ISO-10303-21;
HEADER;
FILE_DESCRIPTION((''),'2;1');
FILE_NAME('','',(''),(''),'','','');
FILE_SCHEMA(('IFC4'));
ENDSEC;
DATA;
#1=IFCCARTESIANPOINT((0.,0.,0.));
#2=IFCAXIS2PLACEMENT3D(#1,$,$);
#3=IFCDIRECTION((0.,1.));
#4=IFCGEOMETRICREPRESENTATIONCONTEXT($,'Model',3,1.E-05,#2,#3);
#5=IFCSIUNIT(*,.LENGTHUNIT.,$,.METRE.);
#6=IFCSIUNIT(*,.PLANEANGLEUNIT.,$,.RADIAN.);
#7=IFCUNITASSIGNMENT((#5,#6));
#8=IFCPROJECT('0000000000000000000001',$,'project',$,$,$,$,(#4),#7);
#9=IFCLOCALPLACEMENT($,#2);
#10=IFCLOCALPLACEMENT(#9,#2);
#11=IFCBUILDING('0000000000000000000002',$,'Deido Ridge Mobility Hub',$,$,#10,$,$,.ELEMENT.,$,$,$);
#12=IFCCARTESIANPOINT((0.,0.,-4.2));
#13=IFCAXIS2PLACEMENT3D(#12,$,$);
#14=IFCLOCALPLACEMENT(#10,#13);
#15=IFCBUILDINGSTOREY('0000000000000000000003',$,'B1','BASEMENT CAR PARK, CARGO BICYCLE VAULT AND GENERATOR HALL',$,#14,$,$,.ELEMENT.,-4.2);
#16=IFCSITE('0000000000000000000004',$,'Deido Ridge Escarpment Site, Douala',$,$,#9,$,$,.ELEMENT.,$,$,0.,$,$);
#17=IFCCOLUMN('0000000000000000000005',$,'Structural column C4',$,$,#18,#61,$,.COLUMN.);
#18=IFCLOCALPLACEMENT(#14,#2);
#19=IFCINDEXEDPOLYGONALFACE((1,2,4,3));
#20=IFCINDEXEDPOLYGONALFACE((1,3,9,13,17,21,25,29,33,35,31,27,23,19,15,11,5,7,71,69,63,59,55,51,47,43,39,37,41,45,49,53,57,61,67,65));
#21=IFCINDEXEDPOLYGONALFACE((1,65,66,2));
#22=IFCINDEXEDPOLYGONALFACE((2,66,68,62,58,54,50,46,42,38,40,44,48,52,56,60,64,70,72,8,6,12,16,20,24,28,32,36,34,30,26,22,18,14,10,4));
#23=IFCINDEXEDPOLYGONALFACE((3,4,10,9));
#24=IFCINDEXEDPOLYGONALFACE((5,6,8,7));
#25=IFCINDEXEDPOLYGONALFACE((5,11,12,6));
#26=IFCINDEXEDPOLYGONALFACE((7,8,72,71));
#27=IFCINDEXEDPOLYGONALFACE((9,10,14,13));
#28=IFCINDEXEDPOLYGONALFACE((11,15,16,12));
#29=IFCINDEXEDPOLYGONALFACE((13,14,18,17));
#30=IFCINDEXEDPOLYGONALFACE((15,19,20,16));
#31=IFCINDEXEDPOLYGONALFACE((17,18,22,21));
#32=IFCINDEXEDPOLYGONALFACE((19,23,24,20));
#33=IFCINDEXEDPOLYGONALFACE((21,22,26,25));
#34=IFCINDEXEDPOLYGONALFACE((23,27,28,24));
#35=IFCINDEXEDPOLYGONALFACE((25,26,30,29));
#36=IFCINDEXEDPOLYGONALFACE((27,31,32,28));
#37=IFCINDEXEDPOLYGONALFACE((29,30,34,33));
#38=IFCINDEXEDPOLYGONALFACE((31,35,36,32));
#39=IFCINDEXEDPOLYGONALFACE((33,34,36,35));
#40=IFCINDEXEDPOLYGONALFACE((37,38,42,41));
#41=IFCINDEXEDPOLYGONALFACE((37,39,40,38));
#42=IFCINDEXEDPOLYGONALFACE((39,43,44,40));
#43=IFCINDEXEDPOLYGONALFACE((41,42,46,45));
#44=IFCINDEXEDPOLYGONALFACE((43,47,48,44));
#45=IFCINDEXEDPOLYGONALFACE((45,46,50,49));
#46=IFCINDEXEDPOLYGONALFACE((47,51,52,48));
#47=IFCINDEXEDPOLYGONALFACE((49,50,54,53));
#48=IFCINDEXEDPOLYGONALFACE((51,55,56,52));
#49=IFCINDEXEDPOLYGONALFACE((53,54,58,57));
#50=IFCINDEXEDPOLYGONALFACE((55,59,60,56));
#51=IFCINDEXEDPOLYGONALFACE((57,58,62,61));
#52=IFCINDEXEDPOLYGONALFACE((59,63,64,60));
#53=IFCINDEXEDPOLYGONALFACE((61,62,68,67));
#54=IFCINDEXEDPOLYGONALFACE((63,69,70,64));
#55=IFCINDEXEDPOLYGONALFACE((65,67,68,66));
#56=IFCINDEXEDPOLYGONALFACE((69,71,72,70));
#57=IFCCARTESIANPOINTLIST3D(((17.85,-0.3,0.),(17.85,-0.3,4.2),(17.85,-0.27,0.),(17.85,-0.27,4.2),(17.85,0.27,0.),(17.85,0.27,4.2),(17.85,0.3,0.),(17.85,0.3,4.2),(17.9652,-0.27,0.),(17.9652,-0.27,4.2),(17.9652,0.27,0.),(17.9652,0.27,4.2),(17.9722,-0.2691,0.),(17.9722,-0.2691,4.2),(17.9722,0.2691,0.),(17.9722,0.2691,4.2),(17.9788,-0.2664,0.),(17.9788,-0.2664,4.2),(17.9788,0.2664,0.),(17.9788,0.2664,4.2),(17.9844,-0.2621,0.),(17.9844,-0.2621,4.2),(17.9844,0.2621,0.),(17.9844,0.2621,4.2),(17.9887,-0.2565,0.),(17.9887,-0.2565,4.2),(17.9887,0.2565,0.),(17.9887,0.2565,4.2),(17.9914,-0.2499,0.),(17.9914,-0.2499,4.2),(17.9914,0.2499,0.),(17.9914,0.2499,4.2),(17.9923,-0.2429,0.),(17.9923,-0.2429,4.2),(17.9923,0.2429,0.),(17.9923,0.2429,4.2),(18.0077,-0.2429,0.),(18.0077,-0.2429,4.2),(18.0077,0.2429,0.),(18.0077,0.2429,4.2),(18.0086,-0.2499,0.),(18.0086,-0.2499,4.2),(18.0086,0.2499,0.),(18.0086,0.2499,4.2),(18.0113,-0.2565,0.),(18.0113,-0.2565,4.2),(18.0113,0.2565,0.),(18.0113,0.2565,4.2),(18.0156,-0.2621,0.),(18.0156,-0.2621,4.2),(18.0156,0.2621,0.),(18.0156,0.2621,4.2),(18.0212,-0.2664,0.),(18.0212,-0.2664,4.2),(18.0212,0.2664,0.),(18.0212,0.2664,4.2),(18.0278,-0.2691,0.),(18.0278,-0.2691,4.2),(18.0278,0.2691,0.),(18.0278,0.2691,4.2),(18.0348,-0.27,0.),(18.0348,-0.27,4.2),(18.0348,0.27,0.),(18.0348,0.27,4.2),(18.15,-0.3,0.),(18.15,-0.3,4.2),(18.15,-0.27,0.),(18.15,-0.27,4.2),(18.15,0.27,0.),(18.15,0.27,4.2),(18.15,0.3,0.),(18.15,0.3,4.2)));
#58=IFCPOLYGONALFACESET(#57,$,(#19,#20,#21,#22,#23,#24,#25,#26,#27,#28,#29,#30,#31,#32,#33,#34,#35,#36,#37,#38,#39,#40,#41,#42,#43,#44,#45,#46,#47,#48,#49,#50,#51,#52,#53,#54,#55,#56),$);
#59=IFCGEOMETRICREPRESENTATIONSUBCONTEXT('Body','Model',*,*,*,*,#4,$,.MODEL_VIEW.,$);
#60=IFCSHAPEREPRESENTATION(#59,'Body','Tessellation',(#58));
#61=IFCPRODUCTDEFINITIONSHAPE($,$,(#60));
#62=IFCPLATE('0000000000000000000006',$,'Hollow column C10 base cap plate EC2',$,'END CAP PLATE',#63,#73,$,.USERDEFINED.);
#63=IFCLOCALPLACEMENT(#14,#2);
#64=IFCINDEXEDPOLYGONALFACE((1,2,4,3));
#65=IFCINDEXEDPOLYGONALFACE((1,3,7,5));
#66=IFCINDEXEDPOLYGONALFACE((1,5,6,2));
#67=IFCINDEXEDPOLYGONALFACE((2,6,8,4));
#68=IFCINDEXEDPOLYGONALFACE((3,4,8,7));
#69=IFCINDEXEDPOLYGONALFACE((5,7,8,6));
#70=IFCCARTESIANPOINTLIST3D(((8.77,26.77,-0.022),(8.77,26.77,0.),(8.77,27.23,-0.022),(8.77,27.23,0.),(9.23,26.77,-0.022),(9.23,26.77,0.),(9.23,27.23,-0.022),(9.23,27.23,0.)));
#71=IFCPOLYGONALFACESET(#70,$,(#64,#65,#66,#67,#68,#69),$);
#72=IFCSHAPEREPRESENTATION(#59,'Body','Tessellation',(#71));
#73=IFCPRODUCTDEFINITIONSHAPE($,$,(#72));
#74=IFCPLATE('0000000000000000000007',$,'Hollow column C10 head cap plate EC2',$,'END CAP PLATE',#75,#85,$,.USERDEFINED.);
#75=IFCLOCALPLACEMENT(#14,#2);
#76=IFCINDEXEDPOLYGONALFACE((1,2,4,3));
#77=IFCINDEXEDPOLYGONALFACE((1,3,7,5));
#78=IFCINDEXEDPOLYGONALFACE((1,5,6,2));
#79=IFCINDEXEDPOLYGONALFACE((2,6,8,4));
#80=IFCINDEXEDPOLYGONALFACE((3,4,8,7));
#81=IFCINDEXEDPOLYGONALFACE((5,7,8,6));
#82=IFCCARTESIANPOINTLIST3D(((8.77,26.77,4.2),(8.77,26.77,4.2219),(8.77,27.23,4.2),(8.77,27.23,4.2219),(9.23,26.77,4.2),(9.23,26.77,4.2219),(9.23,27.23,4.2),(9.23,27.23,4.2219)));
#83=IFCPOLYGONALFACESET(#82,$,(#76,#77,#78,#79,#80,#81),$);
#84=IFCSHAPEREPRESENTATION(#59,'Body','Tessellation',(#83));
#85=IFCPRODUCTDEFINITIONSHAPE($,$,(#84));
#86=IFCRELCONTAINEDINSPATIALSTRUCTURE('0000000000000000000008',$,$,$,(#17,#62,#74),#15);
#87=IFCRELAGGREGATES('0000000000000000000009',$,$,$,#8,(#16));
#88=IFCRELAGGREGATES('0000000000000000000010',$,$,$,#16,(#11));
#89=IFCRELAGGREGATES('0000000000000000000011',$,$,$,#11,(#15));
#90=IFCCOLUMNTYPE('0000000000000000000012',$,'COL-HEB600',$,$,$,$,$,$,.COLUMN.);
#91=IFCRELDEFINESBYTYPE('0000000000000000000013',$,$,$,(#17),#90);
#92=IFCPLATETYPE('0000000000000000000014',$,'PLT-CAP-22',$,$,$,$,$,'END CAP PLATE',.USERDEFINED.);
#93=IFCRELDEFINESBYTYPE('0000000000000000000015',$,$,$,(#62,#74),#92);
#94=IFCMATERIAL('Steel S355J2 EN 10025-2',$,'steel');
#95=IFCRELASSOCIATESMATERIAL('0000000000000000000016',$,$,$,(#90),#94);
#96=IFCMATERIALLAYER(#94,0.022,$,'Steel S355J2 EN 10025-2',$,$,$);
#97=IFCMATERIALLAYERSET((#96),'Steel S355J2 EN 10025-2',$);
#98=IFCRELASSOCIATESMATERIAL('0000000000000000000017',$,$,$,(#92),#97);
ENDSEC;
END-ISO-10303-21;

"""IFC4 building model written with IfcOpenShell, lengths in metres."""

from ifc_helpers import new_model, si_unit, direction, frame, origin, origin_2d, place, context, subcontext, project, spatial, rectangle, i_section, extrude, material, layer, layer_set, material_profile, profile_set, type_object, element, save


model = new_model("IFC4")

# Units and contexts
model_context = context("Model", 3, precision=1e-05, world=origin(), true_north=direction((0.0, 1.0)))
body_context = subcontext(model_context, "Body", "Model", "MODEL_VIEW")
ifc_project = project(units=[si_unit("LENGTHUNIT", "METRE"), si_unit("PLANEANGLEUNIT", "RADIAN")], contexts=[model_context])

# Site, building, storey
site_placement = place(None, origin())
site = spatial("IfcSite", under=ifc_project, at=site_placement, Name="Deido Ridge Escarpment Site, Douala", CompositionType="ELEMENT", RefElevation=0.0)
building_placement = place(site_placement, origin())
building = spatial("IfcBuilding", under=site, at=building_placement, Name="Deido Ridge Mobility Hub", CompositionType="ELEMENT")
storey_placement = place(building_placement, frame((0.0, 0.0, -4.2)))
storey = spatial("IfcBuildingStorey", under=building, at=storey_placement, Name="B1", Description="BASEMENT CAR PARK, CARGO BICYCLE VAULT AND GENERATOR HALL", CompositionType="ELEMENT", Elevation=-4.2)

# Column
ifc_material_1 = material(Name="Steel S355J2 EN 10025-2", Category="steel")
ifc_material_profile_1 = material_profile(ifc_material_1, i_section(OverallWidth=0.3, OverallDepth=0.6001, WebThickness=0.0154, FlangeThickness=0.03, FilletRadius=0.0271, at=origin_2d()), Name="HEB 600")
ifc_profile_set_1 = profile_set([ifc_material_profile_1], Name="Steel S355J2 EN 10025-2")
column_type_1 = type_object("IfcColumnType", Name="COL-HEB600", PredefinedType="COLUMN", material=ifc_profile_set_1)
for number, where, z_axis, x_axis, name in (
    (1, (18.0, 0.0, 0.0), (0.0, 0.0, 1.0), (1.0, 0.0, 0.0), "Structural column C4"),
):
    element("IfcColumn", number, at=place(storey_placement, frame(where, z_axis=z_axis, x_axis=x_axis)), inside=storey, type_object=column_type_1, Name=name, PredefinedType="COLUMN", context=body_context, shape_type="SweptSolid", body=[
        extrude(i_section(OverallWidth=0.3, OverallDepth=0.6001, WebThickness=0.0154, FlangeThickness=0.03, FilletRadius=0.0271, at=origin_2d()), origin(), (0.0, 0.0, 1.0), 4.2),
    ])

# Plates
ifc_layer = layer(ifc_material_1, 0.022, Name="Steel S355J2 EN 10025-2")
ifc_layer_set = layer_set([ifc_layer], Name="Steel S355J2 EN 10025-2")
plate_type = type_object("IfcPlateType", Name="PLT-CAP-22", ElementType="END CAP PLATE", PredefinedType="USERDEFINED", material=ifc_layer_set)
for number, where, z_axis, x_axis, name in (
    (2, (9.0, 27.0, -0.022), (0.0, 0.0, 1.0), (1.0, 0.0, 0.0), "Hollow column C10 base cap plate EC2"),
    (3, (9.0, 27.0, 4.2), (0.0, 0.0, 1.0), (1.0, 0.0, 0.0), "Hollow column C10 head cap plate EC2"),
):
    element("IfcPlate", number, at=place(storey_placement, frame(where, z_axis=z_axis, x_axis=x_axis)), inside=storey, type_object=plate_type, Name=name, ObjectType="END CAP PLATE", PredefinedType="USERDEFINED", context=body_context, shape_type="SweptSolid", body=[
        extrude(rectangle(XDim=0.46, YDim=0.46, at=origin_2d()), origin(), (0.0, 0.0, 1.0), 0.022),
    ])

save(model, "model.ifc")
